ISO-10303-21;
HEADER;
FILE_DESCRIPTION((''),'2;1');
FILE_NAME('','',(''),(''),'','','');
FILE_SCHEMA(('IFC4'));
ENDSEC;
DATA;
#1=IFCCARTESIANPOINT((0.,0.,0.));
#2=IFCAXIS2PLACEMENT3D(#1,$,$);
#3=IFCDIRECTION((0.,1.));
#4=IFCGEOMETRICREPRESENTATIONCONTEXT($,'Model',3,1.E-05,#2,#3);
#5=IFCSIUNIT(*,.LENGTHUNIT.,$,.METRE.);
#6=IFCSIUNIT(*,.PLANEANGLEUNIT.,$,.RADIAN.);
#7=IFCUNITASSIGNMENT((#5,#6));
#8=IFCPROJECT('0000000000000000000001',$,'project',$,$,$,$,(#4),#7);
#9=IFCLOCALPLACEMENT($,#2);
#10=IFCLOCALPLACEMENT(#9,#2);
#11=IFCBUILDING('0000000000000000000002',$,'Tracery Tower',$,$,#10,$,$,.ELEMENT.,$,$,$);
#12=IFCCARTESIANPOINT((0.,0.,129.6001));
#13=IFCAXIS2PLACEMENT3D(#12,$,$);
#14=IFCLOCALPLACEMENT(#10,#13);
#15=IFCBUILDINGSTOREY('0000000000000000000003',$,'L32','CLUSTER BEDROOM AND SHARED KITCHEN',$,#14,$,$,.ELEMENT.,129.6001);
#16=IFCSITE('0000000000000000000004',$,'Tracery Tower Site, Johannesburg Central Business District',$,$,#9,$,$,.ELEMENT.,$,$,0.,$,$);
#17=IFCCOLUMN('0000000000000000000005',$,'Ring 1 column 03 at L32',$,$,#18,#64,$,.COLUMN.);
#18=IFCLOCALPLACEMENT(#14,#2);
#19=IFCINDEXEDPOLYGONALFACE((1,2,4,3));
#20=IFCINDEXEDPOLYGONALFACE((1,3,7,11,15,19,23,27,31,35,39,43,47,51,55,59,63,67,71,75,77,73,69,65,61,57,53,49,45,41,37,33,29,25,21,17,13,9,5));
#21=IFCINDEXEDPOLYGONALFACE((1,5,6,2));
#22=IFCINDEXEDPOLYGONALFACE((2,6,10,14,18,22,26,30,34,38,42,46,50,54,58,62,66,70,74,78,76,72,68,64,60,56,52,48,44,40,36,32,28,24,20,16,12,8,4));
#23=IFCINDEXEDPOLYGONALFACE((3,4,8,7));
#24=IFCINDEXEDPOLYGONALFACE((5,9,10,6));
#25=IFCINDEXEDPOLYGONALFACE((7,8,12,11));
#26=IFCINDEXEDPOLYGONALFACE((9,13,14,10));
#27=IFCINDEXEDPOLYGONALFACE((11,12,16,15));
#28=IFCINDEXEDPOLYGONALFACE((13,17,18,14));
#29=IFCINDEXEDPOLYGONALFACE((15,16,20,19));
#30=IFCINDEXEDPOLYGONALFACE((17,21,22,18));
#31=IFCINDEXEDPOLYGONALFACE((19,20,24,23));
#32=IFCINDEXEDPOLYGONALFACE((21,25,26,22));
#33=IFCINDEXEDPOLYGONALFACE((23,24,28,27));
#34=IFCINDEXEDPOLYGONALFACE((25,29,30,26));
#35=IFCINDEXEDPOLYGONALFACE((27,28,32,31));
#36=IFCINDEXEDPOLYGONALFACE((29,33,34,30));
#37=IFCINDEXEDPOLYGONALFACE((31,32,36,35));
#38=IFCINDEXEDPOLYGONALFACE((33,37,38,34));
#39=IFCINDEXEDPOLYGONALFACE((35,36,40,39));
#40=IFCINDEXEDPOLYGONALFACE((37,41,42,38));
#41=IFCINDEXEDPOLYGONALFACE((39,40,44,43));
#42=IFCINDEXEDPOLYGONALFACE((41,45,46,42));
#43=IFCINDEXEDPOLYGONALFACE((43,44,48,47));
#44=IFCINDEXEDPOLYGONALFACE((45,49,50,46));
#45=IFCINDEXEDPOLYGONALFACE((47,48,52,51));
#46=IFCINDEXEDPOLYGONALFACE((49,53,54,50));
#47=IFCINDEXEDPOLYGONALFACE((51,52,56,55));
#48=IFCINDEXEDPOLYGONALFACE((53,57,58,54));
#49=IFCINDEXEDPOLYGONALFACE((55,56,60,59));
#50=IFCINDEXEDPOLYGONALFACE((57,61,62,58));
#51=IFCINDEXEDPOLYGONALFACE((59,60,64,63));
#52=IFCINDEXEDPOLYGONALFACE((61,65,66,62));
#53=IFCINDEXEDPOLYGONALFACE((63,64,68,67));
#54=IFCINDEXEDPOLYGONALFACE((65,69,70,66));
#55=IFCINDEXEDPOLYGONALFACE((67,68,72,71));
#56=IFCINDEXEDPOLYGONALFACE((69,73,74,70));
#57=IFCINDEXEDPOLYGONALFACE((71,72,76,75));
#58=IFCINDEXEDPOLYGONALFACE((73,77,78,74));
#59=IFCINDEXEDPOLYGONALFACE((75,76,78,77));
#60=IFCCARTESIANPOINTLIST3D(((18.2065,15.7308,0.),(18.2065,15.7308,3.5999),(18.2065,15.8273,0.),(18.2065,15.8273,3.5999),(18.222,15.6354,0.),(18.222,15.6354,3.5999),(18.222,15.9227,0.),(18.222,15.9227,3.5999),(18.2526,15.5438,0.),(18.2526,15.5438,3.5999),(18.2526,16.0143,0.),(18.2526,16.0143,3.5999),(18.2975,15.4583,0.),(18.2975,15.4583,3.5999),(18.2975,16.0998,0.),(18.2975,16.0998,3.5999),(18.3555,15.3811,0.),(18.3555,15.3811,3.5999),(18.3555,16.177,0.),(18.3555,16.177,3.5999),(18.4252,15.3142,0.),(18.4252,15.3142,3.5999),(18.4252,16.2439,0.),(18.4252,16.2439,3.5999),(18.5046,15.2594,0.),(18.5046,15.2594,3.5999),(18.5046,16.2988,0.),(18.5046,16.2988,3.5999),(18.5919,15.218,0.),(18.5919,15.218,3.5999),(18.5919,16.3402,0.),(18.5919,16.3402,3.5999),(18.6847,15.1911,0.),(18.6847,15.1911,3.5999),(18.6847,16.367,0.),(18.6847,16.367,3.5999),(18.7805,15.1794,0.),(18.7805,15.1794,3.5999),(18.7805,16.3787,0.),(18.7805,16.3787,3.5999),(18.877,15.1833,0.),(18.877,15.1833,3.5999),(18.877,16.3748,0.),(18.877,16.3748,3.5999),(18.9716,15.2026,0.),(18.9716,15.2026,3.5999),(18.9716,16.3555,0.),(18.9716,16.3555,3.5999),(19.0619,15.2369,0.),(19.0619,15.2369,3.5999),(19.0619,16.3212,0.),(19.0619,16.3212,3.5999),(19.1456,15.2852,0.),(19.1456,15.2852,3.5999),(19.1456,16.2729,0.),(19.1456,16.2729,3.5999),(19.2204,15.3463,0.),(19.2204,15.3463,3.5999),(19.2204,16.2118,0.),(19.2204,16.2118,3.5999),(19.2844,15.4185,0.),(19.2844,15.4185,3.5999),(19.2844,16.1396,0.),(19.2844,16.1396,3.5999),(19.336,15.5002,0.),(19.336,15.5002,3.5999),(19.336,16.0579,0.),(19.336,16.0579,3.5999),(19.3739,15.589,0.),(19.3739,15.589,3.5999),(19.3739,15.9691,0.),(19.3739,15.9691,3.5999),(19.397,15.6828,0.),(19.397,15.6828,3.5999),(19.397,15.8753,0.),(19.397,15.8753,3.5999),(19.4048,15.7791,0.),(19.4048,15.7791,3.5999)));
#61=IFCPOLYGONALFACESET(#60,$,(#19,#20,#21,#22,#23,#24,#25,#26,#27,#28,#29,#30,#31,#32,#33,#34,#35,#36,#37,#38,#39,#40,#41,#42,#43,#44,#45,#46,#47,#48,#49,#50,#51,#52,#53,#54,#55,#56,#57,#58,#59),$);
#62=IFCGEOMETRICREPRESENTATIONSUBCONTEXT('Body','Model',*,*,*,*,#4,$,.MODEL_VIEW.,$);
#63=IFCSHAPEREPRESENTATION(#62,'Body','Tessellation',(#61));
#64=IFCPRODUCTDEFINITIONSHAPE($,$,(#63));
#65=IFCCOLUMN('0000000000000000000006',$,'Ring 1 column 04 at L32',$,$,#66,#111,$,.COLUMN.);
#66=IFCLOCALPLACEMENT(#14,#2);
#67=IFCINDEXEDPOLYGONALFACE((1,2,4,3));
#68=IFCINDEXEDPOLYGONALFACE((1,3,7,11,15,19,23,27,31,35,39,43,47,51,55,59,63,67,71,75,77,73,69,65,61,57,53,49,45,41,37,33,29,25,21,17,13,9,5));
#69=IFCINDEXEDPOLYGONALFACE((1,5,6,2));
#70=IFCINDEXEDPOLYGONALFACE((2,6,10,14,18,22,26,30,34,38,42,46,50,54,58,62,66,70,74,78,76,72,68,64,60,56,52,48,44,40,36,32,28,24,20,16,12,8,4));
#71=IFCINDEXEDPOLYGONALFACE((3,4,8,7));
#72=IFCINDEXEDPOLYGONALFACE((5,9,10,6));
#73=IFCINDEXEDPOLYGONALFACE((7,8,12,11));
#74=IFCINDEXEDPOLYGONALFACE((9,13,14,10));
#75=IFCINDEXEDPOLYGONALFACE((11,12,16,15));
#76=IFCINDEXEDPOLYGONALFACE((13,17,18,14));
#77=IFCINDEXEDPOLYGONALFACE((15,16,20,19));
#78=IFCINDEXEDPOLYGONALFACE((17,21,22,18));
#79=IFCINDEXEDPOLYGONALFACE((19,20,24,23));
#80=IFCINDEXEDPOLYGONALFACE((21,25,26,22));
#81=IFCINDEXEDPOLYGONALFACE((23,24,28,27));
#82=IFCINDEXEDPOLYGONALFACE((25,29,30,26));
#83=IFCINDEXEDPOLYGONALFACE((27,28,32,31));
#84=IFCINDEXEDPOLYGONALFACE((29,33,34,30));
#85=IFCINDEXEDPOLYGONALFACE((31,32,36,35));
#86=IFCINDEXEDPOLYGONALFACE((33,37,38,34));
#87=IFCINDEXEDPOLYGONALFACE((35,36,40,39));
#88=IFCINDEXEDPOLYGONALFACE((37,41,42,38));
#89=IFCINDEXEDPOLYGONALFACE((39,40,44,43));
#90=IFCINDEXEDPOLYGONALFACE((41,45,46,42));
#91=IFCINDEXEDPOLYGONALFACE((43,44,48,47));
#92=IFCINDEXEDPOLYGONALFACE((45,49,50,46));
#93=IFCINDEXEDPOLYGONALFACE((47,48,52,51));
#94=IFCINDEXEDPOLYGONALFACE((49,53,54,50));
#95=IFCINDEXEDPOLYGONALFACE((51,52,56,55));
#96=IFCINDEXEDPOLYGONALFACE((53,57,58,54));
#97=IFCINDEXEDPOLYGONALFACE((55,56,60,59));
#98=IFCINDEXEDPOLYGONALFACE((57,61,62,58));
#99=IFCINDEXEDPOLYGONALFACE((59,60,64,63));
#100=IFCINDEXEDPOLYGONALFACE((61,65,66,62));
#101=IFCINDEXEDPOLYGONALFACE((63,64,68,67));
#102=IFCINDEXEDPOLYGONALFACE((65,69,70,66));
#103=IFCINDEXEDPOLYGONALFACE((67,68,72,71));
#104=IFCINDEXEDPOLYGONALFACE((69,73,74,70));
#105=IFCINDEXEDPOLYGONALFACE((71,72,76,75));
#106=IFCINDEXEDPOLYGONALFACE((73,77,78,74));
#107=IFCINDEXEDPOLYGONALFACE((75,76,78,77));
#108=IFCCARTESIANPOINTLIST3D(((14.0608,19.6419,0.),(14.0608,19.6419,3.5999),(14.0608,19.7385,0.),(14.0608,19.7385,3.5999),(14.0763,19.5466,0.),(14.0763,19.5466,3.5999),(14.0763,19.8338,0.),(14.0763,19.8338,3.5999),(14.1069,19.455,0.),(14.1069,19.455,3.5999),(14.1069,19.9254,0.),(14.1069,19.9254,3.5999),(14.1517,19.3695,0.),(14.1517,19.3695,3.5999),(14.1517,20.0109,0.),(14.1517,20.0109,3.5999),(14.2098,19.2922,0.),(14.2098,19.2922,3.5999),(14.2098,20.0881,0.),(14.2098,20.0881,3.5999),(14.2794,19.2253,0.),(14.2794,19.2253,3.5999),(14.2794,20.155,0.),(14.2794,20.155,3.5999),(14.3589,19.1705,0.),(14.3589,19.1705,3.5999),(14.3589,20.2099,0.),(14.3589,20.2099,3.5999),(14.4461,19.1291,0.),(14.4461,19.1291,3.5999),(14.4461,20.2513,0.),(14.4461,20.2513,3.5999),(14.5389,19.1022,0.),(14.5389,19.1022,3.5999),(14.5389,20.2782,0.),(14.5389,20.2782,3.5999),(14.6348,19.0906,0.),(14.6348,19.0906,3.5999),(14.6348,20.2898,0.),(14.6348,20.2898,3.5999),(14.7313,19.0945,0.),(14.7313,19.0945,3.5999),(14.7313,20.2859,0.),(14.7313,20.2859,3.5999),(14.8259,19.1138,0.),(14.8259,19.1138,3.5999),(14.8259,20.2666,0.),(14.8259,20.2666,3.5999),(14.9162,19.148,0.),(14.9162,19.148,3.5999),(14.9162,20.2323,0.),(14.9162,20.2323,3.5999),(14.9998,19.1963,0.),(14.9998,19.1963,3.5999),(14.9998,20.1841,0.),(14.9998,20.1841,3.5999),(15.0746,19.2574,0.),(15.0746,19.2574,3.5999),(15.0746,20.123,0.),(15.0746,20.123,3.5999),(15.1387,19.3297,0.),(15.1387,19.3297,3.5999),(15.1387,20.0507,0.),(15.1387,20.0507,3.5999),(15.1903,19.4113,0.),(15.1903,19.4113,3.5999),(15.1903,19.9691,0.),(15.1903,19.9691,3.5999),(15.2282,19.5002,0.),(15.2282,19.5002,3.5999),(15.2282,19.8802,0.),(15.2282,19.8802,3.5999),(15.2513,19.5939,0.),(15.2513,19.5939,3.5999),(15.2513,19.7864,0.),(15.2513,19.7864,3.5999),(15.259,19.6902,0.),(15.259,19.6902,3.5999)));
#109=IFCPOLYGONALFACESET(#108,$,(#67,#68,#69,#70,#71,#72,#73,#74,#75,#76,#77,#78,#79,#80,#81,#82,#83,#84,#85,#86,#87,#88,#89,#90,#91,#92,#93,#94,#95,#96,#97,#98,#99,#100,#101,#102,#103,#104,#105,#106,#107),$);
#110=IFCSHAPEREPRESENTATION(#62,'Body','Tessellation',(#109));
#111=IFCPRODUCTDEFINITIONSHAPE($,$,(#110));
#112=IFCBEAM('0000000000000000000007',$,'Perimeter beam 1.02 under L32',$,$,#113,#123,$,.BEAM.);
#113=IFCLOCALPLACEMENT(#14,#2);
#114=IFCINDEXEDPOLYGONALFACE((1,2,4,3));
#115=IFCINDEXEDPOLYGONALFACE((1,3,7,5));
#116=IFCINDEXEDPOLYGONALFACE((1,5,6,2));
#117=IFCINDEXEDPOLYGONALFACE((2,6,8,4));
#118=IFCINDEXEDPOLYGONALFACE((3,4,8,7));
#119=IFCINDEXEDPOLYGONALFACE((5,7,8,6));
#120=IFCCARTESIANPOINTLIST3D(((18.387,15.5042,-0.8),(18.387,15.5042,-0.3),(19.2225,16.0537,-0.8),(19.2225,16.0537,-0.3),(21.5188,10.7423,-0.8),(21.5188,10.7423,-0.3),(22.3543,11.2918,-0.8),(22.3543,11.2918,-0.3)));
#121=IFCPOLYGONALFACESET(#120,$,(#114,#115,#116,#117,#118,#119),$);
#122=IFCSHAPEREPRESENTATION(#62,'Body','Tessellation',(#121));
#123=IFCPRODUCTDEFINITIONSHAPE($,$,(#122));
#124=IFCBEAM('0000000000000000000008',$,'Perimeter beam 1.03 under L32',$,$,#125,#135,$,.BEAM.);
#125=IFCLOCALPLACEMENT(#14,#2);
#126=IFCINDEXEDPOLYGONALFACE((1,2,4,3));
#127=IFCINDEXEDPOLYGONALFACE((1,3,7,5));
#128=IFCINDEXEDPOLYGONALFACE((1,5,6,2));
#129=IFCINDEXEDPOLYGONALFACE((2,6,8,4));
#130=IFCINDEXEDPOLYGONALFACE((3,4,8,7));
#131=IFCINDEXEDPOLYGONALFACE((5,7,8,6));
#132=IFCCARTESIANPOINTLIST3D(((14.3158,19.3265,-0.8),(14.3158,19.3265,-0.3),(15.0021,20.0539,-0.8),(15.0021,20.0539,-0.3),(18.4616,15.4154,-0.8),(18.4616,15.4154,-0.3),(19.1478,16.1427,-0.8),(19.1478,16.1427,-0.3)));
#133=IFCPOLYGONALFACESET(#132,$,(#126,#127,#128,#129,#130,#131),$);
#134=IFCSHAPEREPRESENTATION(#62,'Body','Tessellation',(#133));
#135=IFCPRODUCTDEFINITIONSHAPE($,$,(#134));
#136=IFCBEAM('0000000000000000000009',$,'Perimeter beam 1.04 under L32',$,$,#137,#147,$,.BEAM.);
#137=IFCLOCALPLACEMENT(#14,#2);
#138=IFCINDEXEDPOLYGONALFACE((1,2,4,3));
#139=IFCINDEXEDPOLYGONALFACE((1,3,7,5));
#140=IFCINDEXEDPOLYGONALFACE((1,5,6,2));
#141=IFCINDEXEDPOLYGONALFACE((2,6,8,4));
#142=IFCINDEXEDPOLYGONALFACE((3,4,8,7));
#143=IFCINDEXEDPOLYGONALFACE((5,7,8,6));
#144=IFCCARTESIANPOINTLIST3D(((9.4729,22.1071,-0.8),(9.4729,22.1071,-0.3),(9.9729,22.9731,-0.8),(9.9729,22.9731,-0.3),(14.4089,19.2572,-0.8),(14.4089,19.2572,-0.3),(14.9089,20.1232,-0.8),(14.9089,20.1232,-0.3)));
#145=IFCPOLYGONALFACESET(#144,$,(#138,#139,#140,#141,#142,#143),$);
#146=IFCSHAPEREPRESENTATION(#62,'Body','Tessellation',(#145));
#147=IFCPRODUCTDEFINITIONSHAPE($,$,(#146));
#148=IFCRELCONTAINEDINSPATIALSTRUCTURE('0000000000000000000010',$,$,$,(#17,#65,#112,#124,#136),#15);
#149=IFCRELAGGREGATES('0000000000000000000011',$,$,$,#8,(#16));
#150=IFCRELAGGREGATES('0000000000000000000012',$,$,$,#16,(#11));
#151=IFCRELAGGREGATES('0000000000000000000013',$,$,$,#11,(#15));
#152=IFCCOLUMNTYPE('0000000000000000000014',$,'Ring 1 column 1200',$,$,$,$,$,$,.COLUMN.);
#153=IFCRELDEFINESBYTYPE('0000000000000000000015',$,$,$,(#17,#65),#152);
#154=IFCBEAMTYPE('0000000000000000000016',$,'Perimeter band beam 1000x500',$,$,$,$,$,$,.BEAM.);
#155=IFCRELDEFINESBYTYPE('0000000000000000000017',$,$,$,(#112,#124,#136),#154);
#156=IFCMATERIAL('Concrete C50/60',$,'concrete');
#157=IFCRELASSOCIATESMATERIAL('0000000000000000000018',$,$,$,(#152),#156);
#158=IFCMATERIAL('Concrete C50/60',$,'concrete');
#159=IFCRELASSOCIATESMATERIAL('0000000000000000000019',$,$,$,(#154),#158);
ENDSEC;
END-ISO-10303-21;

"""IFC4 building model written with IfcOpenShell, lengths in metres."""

from ifc_helpers import new_model, si_unit, direction, frame, origin, origin_2d, place, context, subcontext, project, spatial, rectangle, circle, extrude, material, material_profile, profile_set, type_object, element, save


model = new_model("IFC4")

# Units and contexts
model_context = context("Model", 3, precision=1e-05, world=origin(), true_north=direction((0.0, 1.0)))
body_context = subcontext(model_context, "Body", "Model", "MODEL_VIEW")
ifc_project = project(units=[si_unit("LENGTHUNIT", "METRE"), si_unit("PLANEANGLEUNIT", "RADIAN")], contexts=[model_context])

# Site, building, storey
site_placement = place(None, origin())
site = spatial("IfcSite", under=ifc_project, at=site_placement, Name="Tracery Tower Site, Johannesburg Central Business District", CompositionType="ELEMENT", RefElevation=0.0)
building_placement = place(site_placement, origin())
building = spatial("IfcBuilding", under=site, at=building_placement, Name="Tracery Tower", CompositionType="ELEMENT")
storey_placement = place(building_placement, frame((0.0, 0.0, 129.6001)))
storey = spatial("IfcBuildingStorey", under=building, at=storey_placement, Name="L32", Description="CLUSTER BEDROOM AND SHARED KITCHEN", CompositionType="ELEMENT", Elevation=129.6001)

# Columns
ifc_material_1 = material(Name="Concrete C50/60", Category="concrete")
ifc_material_profile_1 = material_profile(ifc_material_1, circle(Radius=0.6001, at=origin_2d()), Name="RC D1200")
ifc_profile_set_1 = profile_set([ifc_material_profile_1], Name="Concrete C50/60")
column_type = type_object("IfcColumnType", Name="Ring 1 column 1200", PredefinedType="COLUMN", material=ifc_profile_set_1)
for number, where, z_axis, x_axis, name in (
    (1, (18.8047, 15.7791, 0.0), (0.0, 0.0, 1.0), (1.0, 0.0, 0.0), "Ring 1 column 03 at L32"),
    (2, (14.6589, 19.6902, 0.0), (0.0, 0.0, 1.0), (1.0, 0.0, 0.0), "Ring 1 column 04 at L32"),
):
    element("IfcColumn", number, at=place(storey_placement, frame(where, z_axis=z_axis, x_axis=x_axis)), inside=storey, type_object=column_type, Name=name, PredefinedType="COLUMN", context=body_context, shape_type="SweptSolid", body=[
        extrude(circle(Radius=0.6001, at=origin_2d()), origin(), (0.0, 0.0, 1.0), 3.5999),
    ])

# Beams
ifc_material_2 = material(Name="Concrete C50/60", Category="concrete")
ifc_material_profile_2 = material_profile(ifc_material_2, rectangle(XDim=1.0, YDim=0.5, at=origin_2d()), Name="RC 1000x500")
ifc_profile_set_2 = profile_set([ifc_material_profile_2], Name="Concrete C50/60")
beam_type = type_object("IfcBeamType", Name="Perimeter band beam 1000x500", PredefinedType="BEAM", material=ifc_profile_set_2)
for number, where, z_axis, x_axis, name in (
    (3, (21.9365, 11.0171, -0.55), (-0.54949, 0.8355, 0.0), (-0.8355, -0.54949, 0.0), "Perimeter beam 1.02 under L32"),
    (4, (18.8047, 15.7791, -0.55), (-0.72739, 0.686225, 0.0), (-0.686225, -0.72739, 0.0), "Perimeter beam 1.03 under L32"),
):
    element("IfcBeam", number, at=place(storey_placement, frame(where, z_axis=z_axis, x_axis=x_axis)), inside=storey, type_object=beam_type, Name=name, PredefinedType="BEAM", context=body_context, shape_type="SweptSolid", body=[
        extrude(rectangle(XDim=1.0, YDim=0.5, at=origin_2d()), origin(), (0.0, 0.0, 1.0), 5.6995),
    ])
beam_placement = place(storey_placement, frame((14.6589, 19.6902, -0.55), z_axis=(-0.866023, 0.500004, 0.0), x_axis=(-0.500004, -0.866023, 0.0)))
element("IfcBeam", 5, at=beam_placement, inside=storey, type_object=beam_type, Name="Perimeter beam 1.04 under L32", PredefinedType="BEAM", context=body_context, shape_type="SweptSolid", body=[
    extrude(rectangle(XDim=1.0, YDim=0.5, at=origin_2d()), origin(), (0.0, 0.0, 1.0), 5.6997),
])

save(model, "model.ifc")
